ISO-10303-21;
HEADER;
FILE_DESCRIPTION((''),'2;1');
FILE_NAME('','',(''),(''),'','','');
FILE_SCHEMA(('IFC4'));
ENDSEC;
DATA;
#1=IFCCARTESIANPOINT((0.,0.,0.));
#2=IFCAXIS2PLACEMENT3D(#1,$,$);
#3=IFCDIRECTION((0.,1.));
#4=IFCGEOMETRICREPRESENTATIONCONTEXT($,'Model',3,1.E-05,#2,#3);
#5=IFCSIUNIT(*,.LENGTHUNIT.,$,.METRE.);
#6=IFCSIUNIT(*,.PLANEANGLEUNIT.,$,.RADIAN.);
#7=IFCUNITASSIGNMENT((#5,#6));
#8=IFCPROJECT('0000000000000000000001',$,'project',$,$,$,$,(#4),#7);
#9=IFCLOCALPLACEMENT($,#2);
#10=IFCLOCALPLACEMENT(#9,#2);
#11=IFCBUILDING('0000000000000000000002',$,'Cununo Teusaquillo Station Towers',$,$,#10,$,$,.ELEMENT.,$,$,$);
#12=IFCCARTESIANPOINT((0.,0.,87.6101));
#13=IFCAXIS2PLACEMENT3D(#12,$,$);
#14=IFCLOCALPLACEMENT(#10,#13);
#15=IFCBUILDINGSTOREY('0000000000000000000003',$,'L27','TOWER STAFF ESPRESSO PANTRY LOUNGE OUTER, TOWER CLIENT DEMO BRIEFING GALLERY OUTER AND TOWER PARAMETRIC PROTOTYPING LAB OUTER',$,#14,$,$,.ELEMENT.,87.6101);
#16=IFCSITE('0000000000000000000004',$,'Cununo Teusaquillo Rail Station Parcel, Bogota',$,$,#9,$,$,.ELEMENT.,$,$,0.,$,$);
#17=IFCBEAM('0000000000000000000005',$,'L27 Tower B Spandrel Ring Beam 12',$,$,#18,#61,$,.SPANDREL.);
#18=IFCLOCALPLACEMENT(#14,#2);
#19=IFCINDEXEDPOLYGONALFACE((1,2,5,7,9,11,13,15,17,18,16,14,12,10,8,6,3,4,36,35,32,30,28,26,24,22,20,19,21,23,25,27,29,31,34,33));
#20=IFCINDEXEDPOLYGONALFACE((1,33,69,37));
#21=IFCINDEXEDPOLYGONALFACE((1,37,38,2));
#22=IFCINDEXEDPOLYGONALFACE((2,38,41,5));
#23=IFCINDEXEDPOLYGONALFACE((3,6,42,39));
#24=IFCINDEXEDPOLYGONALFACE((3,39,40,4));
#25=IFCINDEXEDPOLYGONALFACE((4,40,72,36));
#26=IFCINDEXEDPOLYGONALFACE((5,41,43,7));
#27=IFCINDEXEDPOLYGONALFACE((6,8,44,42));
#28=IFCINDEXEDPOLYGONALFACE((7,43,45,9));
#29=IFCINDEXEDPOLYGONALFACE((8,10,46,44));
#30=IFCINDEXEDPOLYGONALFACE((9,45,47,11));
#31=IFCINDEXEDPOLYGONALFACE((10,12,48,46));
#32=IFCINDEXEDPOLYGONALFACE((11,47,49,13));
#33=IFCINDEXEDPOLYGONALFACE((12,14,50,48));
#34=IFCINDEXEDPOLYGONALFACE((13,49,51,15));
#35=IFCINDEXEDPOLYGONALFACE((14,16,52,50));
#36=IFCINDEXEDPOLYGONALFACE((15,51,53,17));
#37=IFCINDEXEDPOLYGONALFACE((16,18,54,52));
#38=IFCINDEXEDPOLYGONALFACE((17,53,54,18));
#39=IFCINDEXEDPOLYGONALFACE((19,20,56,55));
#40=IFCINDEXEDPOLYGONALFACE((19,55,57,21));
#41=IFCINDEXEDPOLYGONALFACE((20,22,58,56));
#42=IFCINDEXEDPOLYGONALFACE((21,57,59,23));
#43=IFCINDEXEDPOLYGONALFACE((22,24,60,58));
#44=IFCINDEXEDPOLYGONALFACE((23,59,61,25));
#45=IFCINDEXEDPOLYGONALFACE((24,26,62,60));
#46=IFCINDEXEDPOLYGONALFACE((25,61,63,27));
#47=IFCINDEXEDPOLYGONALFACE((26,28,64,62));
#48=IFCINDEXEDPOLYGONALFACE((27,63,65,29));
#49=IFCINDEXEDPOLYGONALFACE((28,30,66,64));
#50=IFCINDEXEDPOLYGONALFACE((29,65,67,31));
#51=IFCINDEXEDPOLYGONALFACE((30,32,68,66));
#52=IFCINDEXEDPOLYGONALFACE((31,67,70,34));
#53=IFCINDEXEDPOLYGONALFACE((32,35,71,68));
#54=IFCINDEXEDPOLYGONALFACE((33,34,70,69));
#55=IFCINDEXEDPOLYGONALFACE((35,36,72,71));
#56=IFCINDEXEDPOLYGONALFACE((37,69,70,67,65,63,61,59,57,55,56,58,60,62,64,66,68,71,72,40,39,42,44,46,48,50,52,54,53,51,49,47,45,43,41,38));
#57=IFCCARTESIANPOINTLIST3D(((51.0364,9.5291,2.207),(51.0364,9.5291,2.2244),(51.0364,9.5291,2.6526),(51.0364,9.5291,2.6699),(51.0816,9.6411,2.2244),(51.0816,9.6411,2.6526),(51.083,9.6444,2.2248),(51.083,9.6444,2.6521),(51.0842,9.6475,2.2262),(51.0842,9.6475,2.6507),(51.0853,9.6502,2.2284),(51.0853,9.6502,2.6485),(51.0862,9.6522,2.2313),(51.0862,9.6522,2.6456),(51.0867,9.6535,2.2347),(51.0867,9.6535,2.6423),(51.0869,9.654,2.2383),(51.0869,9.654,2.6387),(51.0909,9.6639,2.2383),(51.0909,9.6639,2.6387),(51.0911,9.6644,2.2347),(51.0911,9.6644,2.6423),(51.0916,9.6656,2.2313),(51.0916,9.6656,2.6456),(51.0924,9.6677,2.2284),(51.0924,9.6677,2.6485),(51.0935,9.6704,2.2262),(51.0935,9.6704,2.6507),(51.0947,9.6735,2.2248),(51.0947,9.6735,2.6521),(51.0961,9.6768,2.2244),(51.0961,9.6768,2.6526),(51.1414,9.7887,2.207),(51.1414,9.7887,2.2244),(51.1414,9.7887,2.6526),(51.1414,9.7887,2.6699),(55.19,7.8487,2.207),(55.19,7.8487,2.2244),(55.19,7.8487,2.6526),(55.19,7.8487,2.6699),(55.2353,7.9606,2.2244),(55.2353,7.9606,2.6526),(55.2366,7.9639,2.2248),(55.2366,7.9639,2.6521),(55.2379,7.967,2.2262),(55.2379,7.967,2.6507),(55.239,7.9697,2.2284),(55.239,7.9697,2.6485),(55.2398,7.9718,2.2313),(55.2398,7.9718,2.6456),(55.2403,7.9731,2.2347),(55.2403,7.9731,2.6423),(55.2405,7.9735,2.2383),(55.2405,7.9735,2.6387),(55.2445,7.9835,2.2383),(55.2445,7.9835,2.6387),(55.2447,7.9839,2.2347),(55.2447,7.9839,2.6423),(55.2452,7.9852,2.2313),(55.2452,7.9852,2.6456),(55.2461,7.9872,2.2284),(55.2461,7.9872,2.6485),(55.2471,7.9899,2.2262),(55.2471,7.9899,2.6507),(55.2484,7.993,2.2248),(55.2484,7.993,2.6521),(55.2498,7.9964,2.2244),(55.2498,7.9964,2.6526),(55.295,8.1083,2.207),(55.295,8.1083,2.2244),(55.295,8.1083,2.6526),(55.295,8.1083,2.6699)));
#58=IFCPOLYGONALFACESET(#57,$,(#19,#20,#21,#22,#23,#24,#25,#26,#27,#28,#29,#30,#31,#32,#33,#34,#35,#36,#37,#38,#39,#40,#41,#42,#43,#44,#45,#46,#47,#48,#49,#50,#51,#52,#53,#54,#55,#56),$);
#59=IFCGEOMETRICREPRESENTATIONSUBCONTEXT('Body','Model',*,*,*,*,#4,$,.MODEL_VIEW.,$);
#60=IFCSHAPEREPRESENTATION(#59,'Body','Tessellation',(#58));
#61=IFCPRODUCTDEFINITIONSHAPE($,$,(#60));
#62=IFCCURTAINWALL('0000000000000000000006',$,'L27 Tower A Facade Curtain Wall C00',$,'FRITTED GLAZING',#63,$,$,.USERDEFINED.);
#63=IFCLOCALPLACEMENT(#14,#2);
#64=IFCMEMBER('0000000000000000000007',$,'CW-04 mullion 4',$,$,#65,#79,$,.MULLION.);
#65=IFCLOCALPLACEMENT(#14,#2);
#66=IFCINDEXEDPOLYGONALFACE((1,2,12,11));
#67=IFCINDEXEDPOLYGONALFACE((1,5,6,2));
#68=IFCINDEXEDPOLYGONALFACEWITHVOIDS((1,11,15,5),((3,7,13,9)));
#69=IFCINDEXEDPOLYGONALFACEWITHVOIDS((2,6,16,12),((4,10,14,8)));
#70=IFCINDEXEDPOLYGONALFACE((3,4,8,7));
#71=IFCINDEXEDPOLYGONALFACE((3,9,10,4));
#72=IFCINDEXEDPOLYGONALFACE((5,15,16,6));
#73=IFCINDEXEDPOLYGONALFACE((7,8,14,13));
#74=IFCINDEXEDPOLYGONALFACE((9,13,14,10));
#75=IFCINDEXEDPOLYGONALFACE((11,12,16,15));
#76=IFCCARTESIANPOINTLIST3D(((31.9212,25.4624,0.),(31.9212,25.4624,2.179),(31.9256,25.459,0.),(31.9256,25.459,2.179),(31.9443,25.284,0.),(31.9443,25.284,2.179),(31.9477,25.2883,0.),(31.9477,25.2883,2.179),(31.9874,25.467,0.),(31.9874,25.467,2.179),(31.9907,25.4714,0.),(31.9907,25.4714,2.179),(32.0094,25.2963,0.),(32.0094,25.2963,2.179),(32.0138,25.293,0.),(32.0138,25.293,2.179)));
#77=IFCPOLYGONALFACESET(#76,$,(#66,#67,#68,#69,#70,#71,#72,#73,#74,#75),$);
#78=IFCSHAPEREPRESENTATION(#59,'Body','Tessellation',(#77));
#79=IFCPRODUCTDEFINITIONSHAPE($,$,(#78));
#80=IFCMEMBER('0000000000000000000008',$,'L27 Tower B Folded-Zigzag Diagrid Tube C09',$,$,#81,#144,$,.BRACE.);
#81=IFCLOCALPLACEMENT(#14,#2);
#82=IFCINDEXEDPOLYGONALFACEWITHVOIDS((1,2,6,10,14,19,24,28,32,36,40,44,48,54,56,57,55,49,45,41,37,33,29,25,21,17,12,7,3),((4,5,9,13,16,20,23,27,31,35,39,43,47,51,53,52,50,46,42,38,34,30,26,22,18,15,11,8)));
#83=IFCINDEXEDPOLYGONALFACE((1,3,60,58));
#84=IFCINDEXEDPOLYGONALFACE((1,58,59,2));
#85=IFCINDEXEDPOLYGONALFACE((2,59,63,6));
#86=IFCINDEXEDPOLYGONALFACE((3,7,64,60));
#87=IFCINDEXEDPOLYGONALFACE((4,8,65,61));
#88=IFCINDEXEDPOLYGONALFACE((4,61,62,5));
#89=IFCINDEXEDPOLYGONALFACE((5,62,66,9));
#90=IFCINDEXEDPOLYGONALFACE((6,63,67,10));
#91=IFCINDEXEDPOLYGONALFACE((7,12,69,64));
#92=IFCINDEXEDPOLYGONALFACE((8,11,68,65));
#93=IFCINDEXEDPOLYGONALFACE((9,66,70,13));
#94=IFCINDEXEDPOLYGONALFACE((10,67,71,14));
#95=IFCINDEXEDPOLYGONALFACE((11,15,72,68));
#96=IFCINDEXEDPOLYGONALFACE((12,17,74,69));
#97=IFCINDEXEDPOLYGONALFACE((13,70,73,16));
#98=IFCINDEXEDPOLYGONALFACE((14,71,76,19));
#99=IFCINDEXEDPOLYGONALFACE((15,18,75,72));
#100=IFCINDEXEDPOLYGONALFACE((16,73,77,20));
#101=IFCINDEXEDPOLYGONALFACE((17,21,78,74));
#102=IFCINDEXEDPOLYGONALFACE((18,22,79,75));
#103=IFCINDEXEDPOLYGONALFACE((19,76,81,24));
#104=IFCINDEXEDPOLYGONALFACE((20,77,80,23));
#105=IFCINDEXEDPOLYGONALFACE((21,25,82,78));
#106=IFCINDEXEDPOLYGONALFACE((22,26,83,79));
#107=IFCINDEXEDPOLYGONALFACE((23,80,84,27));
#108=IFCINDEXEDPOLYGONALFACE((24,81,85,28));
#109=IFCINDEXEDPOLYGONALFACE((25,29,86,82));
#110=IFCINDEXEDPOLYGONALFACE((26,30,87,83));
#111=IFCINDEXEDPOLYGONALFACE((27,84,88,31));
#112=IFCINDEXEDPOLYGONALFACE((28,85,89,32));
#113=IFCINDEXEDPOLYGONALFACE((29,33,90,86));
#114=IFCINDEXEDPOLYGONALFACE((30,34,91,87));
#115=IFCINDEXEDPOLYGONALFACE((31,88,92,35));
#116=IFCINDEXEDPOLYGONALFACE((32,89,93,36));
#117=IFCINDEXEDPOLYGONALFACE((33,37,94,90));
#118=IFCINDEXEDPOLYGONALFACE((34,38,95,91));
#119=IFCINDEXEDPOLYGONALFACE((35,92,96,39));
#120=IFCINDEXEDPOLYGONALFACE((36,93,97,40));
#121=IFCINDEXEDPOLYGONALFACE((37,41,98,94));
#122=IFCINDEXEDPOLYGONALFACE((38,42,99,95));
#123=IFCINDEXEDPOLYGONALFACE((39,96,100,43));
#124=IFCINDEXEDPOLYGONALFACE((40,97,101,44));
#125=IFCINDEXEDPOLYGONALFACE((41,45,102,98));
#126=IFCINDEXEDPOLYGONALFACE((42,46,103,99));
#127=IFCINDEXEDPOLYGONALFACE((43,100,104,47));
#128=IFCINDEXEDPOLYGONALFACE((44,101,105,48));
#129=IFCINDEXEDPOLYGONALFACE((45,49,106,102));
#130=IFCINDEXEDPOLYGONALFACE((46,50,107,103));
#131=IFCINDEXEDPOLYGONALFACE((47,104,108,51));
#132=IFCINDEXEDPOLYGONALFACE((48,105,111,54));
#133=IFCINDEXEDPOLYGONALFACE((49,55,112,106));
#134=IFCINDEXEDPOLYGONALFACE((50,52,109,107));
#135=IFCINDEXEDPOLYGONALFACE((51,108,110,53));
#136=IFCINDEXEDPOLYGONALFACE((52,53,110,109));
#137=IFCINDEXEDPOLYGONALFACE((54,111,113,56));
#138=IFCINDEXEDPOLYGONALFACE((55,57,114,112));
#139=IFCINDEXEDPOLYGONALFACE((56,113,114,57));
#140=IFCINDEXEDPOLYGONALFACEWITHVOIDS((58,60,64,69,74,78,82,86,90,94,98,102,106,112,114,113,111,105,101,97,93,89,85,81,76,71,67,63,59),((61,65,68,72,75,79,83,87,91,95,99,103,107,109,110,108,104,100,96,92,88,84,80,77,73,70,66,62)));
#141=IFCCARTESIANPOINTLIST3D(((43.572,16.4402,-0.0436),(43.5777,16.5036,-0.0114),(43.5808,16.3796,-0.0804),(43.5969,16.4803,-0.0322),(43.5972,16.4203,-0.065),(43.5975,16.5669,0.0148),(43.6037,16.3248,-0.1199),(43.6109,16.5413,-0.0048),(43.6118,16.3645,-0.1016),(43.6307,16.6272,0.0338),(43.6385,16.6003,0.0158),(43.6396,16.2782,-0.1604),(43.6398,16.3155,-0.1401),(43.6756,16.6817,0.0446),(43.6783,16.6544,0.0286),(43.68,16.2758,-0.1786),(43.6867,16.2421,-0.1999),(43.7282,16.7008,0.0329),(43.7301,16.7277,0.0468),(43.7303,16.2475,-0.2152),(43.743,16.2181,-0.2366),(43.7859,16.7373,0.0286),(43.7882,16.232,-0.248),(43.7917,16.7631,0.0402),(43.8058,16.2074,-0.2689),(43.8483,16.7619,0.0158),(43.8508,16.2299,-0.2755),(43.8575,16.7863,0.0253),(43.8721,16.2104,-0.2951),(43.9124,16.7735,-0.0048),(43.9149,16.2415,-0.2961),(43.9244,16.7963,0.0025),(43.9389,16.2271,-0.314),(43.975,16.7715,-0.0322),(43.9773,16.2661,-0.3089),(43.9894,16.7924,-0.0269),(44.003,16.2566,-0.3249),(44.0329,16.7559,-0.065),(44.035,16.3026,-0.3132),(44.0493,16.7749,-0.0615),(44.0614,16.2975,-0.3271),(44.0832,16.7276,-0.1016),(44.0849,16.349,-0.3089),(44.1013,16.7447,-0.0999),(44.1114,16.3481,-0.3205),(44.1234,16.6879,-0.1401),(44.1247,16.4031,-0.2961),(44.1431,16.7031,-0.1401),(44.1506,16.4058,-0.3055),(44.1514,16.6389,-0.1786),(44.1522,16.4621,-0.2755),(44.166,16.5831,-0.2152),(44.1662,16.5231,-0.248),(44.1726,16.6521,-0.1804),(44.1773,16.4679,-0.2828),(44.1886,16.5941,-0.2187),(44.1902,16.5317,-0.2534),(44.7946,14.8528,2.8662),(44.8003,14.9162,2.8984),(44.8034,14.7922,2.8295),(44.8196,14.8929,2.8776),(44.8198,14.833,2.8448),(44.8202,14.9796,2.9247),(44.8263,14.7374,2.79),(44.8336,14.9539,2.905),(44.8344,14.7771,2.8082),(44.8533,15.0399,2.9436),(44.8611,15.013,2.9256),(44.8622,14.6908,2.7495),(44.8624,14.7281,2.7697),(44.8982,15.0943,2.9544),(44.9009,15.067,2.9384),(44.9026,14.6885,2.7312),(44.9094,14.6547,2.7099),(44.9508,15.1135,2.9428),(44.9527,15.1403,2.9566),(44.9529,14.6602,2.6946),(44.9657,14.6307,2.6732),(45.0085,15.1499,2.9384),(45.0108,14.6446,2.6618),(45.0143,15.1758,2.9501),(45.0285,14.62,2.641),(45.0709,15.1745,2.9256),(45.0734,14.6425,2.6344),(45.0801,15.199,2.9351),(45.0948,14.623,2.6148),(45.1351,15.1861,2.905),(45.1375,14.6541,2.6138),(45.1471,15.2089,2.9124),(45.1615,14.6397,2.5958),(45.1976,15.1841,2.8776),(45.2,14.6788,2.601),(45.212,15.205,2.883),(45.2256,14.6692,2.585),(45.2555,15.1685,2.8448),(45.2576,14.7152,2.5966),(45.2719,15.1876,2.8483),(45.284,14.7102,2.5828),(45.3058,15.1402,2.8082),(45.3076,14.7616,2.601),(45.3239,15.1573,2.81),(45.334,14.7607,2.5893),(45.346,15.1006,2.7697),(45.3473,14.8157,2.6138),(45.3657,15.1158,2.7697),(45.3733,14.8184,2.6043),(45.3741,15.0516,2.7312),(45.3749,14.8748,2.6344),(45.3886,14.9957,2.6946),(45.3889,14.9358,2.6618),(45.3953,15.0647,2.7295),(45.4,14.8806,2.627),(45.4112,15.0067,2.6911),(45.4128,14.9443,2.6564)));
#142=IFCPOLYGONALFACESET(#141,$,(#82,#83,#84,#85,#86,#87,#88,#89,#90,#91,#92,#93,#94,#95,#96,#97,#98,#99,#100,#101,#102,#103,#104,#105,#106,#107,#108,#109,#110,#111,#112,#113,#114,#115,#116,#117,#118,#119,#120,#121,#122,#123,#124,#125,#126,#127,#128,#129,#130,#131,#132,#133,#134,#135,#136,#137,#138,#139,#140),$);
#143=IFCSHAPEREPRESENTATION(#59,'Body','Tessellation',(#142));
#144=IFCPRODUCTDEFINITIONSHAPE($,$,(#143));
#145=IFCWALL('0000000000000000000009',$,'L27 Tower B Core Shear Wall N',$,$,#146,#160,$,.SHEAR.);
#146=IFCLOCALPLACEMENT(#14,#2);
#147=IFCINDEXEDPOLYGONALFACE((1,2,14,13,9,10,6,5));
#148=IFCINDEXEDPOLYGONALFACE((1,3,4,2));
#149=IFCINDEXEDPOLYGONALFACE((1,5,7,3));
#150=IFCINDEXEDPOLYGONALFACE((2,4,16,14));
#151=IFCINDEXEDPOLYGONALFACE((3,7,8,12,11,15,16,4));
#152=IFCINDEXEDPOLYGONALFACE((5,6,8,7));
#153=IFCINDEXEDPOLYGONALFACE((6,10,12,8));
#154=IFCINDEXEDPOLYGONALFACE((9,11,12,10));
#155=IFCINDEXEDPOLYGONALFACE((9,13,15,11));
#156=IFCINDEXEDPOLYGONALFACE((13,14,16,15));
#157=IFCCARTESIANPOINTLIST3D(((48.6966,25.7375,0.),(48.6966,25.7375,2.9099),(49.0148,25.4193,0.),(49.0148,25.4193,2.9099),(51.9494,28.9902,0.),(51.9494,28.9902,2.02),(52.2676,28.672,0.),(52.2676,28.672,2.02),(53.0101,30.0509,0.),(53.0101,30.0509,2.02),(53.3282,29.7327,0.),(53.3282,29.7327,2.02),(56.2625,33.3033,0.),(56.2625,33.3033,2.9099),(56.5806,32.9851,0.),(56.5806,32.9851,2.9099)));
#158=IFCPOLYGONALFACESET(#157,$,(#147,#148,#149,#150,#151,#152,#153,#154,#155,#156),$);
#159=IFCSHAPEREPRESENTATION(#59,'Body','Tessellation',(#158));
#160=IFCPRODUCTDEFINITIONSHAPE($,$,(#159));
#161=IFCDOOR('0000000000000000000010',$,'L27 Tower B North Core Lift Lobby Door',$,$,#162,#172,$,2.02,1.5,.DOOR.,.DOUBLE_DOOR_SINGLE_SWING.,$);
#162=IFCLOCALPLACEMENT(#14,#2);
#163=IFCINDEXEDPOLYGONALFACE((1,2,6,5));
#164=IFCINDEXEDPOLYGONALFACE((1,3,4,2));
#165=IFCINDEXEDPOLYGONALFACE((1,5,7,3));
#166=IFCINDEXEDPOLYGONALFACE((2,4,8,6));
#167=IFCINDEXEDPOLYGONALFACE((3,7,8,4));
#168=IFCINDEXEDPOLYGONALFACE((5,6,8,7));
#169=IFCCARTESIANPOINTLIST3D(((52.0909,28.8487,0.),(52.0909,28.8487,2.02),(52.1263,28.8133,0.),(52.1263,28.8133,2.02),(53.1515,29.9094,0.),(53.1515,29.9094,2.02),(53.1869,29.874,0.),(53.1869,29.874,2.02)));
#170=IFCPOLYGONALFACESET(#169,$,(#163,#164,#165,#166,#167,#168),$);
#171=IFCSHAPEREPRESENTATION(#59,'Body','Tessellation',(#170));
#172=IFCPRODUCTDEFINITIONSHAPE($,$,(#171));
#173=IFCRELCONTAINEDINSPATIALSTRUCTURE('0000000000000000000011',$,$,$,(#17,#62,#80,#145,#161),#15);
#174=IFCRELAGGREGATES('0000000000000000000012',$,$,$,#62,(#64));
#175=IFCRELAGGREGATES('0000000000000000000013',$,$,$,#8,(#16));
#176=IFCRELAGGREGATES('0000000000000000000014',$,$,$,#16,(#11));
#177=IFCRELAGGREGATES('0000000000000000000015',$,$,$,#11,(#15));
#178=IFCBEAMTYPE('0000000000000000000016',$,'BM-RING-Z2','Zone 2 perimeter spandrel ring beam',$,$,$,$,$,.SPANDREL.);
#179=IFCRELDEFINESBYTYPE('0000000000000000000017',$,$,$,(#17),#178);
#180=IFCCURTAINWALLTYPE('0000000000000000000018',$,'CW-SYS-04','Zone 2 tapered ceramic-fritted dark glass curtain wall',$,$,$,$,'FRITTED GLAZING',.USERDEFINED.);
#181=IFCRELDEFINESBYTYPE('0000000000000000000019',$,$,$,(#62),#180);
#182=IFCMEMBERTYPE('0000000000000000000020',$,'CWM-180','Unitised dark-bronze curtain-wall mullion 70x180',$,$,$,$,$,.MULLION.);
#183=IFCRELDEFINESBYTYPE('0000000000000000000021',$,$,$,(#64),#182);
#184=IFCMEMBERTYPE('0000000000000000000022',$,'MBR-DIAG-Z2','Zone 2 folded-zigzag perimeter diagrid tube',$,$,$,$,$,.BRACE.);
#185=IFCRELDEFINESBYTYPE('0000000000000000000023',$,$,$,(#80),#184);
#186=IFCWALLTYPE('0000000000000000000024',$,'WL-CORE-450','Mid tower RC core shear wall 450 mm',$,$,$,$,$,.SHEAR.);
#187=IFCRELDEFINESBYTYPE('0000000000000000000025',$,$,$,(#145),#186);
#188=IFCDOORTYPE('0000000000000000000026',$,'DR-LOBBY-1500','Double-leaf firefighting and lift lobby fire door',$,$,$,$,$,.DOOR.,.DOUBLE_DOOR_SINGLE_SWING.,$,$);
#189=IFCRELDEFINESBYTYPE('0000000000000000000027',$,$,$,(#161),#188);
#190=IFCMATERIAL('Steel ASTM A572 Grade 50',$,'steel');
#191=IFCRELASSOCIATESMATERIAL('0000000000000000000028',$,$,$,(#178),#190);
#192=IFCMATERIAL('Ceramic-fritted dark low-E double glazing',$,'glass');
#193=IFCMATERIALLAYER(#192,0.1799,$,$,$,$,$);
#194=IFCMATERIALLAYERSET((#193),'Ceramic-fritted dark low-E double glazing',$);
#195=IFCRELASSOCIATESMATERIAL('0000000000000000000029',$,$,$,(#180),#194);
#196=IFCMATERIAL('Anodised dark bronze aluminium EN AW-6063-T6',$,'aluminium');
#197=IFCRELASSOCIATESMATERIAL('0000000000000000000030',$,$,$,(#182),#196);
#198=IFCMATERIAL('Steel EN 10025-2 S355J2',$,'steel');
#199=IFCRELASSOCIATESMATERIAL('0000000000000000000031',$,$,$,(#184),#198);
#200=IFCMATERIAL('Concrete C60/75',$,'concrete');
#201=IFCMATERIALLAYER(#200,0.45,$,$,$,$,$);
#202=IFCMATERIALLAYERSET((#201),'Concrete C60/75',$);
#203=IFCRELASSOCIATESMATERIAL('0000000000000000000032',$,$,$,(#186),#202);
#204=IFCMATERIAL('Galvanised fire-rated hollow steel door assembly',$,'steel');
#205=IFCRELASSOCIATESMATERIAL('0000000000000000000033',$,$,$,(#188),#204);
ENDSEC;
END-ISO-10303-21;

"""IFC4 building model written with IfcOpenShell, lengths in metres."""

from ifc_helpers import new_model, si_unit, direction, frame, frame_2d, origin, origin_2d, place, context, subcontext, project, spatial, rectangle, hollow_rectangle, hollow_circle, i_section, extrude, source, transform, mapped, material, layer, layer_set, material_profile, profile_set, type_object, element, fill, aggregate, save


model = new_model("IFC4")

# Units and contexts
model_context = context("Model", 3, precision=1e-05, world=origin(), true_north=direction((0.0, 1.0)))
body_context = subcontext(model_context, "Body", "Model", "MODEL_VIEW")
ifc_project = project(units=[si_unit("LENGTHUNIT", "METRE"), si_unit("PLANEANGLEUNIT", "RADIAN")], contexts=[model_context])

# Site, building, storey
site_placement = place(None, origin())
site = spatial("IfcSite", under=ifc_project, at=site_placement, Name="Cununo Teusaquillo Rail Station Parcel, Bogota", CompositionType="ELEMENT", RefElevation=0.0)
building_placement = place(site_placement, origin())
building = spatial("IfcBuilding", under=site, at=building_placement, Name="Cununo Teusaquillo Station Towers", CompositionType="ELEMENT")
storey_placement = place(building_placement, frame((0.0, 0.0, 87.6101)))
storey = spatial("IfcBuildingStorey", under=building, at=storey_placement, Name="L27", Description="TOWER STAFF ESPRESSO PANTRY LOUNGE OUTER, TOWER CLIENT DEMO BRIEFING GALLERY OUTER AND TOWER PARAMETRIC PROTOTYPING LAB OUTER", CompositionType="ELEMENT", Elevation=87.6101)

# Beam
ifc_material_1 = material(Name="Steel ASTM A572 Grade 50", Category="steel")
ifc_material_profile_1 = material_profile(ifc_material_1, i_section(OverallWidth=0.28, OverallDepth=0.4629, WebThickness=0.0107, FlangeThickness=0.0173, FilletRadius=0.0139, at=origin_2d()), Name="W18X76")
ifc_profile_set_1 = profile_set([ifc_material_profile_1], Name="Steel ASTM A572 Grade 50")
beam_type_1 = type_object("IfcBeamType", Name="BM-RING-Z2", Description="Zone 2 perimeter spandrel ring beam", PredefinedType="SPANDREL", material=ifc_profile_set_1)
beam_1_placement = place(storey_placement, frame((51.0889, 9.6589, 2.4385), z_axis=(0.927008, -0.375042, 0.0), x_axis=(0.375042, 0.927008, 0.0)))
element("IfcBeam", 1, at=beam_1_placement, inside=storey, type_object=beam_type_1, Name="L27 Tower B Spandrel Ring Beam 12", PredefinedType="SPANDREL", context=body_context, shape_type="SweptSolid", body=[
    extrude(i_section(OverallWidth=0.28, OverallDepth=0.4629, WebThickness=0.0107, FlangeThickness=0.0173, FilletRadius=0.0139, at=origin_2d()), origin(), (0.0, 0.0, 1.0), 4.4807),
])

# Curtain wall, member
ifc_material_2 = material(Name="Ceramic-fritted dark low-E double glazing", Category="glass")
ifc_layer_1 = layer(ifc_material_2, 0.1799)
ifc_layer_set_1 = layer_set([ifc_layer_1], Name="Ceramic-fritted dark low-E double glazing")
curtain_wall_type = type_object("IfcCurtainWallType", Name="CW-SYS-04", Description="Zone 2 tapered ceramic-fritted dark glass curtain wall", ElementType="FRITTED GLAZING", PredefinedType="USERDEFINED", material=ifc_layer_set_1)
curtain_wall_placement = place(storey_placement, origin())
curtain_wall = element("IfcCurtainWall", 2, at=curtain_wall_placement, inside=storey, type_object=curtain_wall_type, Name="L27 Tower A Facade Curtain Wall C00", ObjectType="FRITTED GLAZING", PredefinedType="USERDEFINED")
ifc_material_3 = material(Name="Anodised dark bronze aluminium EN AW-6063-T6", Category="aluminium")
ifc_material_profile_2 = material_profile(ifc_material_3, hollow_rectangle(XDim=0.0701, YDim=0.1799, WallThickness=0.0039, at=origin_2d()), Name="CW-MULL-70x180")
ifc_profile_set_2 = profile_set([ifc_material_profile_2], Name="Anodised dark bronze aluminium EN AW-6063-T6")
member_type_1 = type_object("IfcMemberType", Name="CWM-180", Description="Unitised dark-bronze curtain-wall mullion 70x180", PredefinedType="MULLION", material=ifc_profile_set_2)
member_1_placement = place(storey_placement, frame((31.9675, 25.3777, 0.0), z_axis=(0.0, 0.0, 1.0), x_axis=(0.991731, 0.128336, 0.0)))
member_1 = element("IfcMember", 3, at=member_1_placement, type_object=member_type_1, Name="CW-04 mullion 4", PredefinedType="MULLION", context=body_context, shape_type="SweptSolid", body=[
    extrude(hollow_rectangle(XDim=0.0701, YDim=0.1799, WallThickness=0.0039, at=origin_2d()), origin(), (0.0, 0.0, 1.0), 2.179),
])
aggregate(curtain_wall, [member_1])

# Member
ifc_material_4 = material(Name="Steel EN 10025-2 S355J2", Category="steel")
ifc_material_profile_3 = material_profile(ifc_material_4, hollow_circle(Radius=0.3301, WallThickness=0.0249, at=origin_2d()), Name="CHS 660x25")
ifc_profile_set_3 = profile_set([ifc_material_profile_3], Name="Steel EN 10025-2 S355J2")
member_type_2 = type_object("IfcMemberType", Name="MBR-DIAG-Z2", Description="Zone 2 folded-zigzag perimeter diagrid tube", PredefinedType="BRACE", material=ifc_profile_set_3)
member_2_placement = place(storey_placement, frame((43.8816, 16.5017, -0.1401), z_axis=(0.346064, -0.449303, 0.82363), x_axis=(0.792243, 0.610205, 0.0)))
element("IfcMember", 4, at=member_2_placement, inside=storey, type_object=member_type_2, Name="L27 Tower B Folded-Zigzag Diagrid Tube C09", PredefinedType="BRACE", context=body_context, shape_type="SweptSolid", body=[
    extrude(hollow_circle(Radius=0.3301, WallThickness=0.0249, at=origin_2d()), origin(), (0.0, 0.0, 1.0), 3.533),
])

# Wall, opening, door
ifc_material_5 = material(Name="Concrete C60/75", Category="concrete")
ifc_layer_2 = layer(ifc_material_5, 0.45)
ifc_layer_set_2 = layer_set([ifc_layer_2], Name="Concrete C60/75")
wall_type_1 = type_object("IfcWallType", Name="WL-CORE-450", Description="Mid tower RC core shear wall 450 mm", PredefinedType="SHEAR", material=ifc_layer_set_2)
wall_1_placement = place(storey_placement, frame((48.8557, 25.5784, 0.0), z_axis=(0.0, 0.0, 1.0), x_axis=(0.707107, 0.707107, 0.0)))
wall_1 = element("IfcWall", 5, at=wall_1_placement, inside=storey, type_object=wall_type_1, Name="L27 Tower B Core Shear Wall N", PredefinedType="SHEAR", context=body_context, shape_type="SweptSolid", body=[
    extrude(rectangle(XDim=10.6997, YDim=0.45, at=frame_2d((5.3499, 0.0))), origin(), (0.0, 0.0, 1.0), 2.9099),
])
shared_shape_1 = source(origin(), body_context, "Body", "SweptSolid", [
    extrude(rectangle(XDim=1.5, YDim=2.02, at=frame_2d((0.75, 1.01))), frame((0.0, 0.2349, 0.0), z_axis=(0.0, -1.0, 0.0), x_axis=(1.0, 0.0, 0.0)), (0.0, 0.0, 1.0), 0.47),
])
opening_1_placement = place(wall_1_placement, frame((4.6001, 0.0, 0.0)))
opening_1 = element("IfcOpeningElement", 6, at=opening_1_placement, cuts=wall_1, PredefinedType="OPENING", context=body_context, shape_type="MappedRepresentation", body=[
    mapped(shared_shape_1, transform((0.0, 0.0, 0.0), x_axis=(1.0, 0.0, 0.0), y_axis=(0.0, 1.0, 0.0), z_axis=(0.0, 0.0, 1.0), scale=1.0)),
])
ifc_material_6 = material(Name="Galvanised fire-rated hollow steel door assembly", Category="steel")
door_type_1 = type_object("IfcDoorType", Name="DR-LOBBY-1500", Description="Double-leaf firefighting and lift lobby fire door", OperationType="DOUBLE_DOOR_SINGLE_SWING", PredefinedType="DOOR", material=ifc_material_6)
shared_shape_2 = source(origin(), body_context, "Body", "SweptSolid", [
    extrude(rectangle(XDim=1.5, YDim=2.02, at=frame_2d((0.75, 1.01))), frame((0.0, 0.0249, 0.0), z_axis=(0.0, -1.0, 0.0), x_axis=(1.0, 0.0, 0.0)), (0.0, 0.0, 1.0), 0.05),
])
door_1_placement = place(opening_1_placement, origin())
door_1 = element("IfcDoor", 7, at=door_1_placement, inside=storey, type_object=door_type_1, Name="L27 Tower B North Core Lift Lobby Door", OperationType="DOUBLE_DOOR_SINGLE_SWING", OverallHeight=2.02, OverallWidth=1.5, PredefinedType="DOOR", context=body_context, shape_type="MappedRepresentation", body=[
    mapped(shared_shape_2, transform((0.0, 0.0, 0.0), x_axis=(1.0, 0.0, 0.0), y_axis=(0.0, 1.0, 0.0), z_axis=(0.0, 0.0, 1.0), scale=1.0)),
])
fill(opening_1, door_1)

save(model, "model.ifc")
